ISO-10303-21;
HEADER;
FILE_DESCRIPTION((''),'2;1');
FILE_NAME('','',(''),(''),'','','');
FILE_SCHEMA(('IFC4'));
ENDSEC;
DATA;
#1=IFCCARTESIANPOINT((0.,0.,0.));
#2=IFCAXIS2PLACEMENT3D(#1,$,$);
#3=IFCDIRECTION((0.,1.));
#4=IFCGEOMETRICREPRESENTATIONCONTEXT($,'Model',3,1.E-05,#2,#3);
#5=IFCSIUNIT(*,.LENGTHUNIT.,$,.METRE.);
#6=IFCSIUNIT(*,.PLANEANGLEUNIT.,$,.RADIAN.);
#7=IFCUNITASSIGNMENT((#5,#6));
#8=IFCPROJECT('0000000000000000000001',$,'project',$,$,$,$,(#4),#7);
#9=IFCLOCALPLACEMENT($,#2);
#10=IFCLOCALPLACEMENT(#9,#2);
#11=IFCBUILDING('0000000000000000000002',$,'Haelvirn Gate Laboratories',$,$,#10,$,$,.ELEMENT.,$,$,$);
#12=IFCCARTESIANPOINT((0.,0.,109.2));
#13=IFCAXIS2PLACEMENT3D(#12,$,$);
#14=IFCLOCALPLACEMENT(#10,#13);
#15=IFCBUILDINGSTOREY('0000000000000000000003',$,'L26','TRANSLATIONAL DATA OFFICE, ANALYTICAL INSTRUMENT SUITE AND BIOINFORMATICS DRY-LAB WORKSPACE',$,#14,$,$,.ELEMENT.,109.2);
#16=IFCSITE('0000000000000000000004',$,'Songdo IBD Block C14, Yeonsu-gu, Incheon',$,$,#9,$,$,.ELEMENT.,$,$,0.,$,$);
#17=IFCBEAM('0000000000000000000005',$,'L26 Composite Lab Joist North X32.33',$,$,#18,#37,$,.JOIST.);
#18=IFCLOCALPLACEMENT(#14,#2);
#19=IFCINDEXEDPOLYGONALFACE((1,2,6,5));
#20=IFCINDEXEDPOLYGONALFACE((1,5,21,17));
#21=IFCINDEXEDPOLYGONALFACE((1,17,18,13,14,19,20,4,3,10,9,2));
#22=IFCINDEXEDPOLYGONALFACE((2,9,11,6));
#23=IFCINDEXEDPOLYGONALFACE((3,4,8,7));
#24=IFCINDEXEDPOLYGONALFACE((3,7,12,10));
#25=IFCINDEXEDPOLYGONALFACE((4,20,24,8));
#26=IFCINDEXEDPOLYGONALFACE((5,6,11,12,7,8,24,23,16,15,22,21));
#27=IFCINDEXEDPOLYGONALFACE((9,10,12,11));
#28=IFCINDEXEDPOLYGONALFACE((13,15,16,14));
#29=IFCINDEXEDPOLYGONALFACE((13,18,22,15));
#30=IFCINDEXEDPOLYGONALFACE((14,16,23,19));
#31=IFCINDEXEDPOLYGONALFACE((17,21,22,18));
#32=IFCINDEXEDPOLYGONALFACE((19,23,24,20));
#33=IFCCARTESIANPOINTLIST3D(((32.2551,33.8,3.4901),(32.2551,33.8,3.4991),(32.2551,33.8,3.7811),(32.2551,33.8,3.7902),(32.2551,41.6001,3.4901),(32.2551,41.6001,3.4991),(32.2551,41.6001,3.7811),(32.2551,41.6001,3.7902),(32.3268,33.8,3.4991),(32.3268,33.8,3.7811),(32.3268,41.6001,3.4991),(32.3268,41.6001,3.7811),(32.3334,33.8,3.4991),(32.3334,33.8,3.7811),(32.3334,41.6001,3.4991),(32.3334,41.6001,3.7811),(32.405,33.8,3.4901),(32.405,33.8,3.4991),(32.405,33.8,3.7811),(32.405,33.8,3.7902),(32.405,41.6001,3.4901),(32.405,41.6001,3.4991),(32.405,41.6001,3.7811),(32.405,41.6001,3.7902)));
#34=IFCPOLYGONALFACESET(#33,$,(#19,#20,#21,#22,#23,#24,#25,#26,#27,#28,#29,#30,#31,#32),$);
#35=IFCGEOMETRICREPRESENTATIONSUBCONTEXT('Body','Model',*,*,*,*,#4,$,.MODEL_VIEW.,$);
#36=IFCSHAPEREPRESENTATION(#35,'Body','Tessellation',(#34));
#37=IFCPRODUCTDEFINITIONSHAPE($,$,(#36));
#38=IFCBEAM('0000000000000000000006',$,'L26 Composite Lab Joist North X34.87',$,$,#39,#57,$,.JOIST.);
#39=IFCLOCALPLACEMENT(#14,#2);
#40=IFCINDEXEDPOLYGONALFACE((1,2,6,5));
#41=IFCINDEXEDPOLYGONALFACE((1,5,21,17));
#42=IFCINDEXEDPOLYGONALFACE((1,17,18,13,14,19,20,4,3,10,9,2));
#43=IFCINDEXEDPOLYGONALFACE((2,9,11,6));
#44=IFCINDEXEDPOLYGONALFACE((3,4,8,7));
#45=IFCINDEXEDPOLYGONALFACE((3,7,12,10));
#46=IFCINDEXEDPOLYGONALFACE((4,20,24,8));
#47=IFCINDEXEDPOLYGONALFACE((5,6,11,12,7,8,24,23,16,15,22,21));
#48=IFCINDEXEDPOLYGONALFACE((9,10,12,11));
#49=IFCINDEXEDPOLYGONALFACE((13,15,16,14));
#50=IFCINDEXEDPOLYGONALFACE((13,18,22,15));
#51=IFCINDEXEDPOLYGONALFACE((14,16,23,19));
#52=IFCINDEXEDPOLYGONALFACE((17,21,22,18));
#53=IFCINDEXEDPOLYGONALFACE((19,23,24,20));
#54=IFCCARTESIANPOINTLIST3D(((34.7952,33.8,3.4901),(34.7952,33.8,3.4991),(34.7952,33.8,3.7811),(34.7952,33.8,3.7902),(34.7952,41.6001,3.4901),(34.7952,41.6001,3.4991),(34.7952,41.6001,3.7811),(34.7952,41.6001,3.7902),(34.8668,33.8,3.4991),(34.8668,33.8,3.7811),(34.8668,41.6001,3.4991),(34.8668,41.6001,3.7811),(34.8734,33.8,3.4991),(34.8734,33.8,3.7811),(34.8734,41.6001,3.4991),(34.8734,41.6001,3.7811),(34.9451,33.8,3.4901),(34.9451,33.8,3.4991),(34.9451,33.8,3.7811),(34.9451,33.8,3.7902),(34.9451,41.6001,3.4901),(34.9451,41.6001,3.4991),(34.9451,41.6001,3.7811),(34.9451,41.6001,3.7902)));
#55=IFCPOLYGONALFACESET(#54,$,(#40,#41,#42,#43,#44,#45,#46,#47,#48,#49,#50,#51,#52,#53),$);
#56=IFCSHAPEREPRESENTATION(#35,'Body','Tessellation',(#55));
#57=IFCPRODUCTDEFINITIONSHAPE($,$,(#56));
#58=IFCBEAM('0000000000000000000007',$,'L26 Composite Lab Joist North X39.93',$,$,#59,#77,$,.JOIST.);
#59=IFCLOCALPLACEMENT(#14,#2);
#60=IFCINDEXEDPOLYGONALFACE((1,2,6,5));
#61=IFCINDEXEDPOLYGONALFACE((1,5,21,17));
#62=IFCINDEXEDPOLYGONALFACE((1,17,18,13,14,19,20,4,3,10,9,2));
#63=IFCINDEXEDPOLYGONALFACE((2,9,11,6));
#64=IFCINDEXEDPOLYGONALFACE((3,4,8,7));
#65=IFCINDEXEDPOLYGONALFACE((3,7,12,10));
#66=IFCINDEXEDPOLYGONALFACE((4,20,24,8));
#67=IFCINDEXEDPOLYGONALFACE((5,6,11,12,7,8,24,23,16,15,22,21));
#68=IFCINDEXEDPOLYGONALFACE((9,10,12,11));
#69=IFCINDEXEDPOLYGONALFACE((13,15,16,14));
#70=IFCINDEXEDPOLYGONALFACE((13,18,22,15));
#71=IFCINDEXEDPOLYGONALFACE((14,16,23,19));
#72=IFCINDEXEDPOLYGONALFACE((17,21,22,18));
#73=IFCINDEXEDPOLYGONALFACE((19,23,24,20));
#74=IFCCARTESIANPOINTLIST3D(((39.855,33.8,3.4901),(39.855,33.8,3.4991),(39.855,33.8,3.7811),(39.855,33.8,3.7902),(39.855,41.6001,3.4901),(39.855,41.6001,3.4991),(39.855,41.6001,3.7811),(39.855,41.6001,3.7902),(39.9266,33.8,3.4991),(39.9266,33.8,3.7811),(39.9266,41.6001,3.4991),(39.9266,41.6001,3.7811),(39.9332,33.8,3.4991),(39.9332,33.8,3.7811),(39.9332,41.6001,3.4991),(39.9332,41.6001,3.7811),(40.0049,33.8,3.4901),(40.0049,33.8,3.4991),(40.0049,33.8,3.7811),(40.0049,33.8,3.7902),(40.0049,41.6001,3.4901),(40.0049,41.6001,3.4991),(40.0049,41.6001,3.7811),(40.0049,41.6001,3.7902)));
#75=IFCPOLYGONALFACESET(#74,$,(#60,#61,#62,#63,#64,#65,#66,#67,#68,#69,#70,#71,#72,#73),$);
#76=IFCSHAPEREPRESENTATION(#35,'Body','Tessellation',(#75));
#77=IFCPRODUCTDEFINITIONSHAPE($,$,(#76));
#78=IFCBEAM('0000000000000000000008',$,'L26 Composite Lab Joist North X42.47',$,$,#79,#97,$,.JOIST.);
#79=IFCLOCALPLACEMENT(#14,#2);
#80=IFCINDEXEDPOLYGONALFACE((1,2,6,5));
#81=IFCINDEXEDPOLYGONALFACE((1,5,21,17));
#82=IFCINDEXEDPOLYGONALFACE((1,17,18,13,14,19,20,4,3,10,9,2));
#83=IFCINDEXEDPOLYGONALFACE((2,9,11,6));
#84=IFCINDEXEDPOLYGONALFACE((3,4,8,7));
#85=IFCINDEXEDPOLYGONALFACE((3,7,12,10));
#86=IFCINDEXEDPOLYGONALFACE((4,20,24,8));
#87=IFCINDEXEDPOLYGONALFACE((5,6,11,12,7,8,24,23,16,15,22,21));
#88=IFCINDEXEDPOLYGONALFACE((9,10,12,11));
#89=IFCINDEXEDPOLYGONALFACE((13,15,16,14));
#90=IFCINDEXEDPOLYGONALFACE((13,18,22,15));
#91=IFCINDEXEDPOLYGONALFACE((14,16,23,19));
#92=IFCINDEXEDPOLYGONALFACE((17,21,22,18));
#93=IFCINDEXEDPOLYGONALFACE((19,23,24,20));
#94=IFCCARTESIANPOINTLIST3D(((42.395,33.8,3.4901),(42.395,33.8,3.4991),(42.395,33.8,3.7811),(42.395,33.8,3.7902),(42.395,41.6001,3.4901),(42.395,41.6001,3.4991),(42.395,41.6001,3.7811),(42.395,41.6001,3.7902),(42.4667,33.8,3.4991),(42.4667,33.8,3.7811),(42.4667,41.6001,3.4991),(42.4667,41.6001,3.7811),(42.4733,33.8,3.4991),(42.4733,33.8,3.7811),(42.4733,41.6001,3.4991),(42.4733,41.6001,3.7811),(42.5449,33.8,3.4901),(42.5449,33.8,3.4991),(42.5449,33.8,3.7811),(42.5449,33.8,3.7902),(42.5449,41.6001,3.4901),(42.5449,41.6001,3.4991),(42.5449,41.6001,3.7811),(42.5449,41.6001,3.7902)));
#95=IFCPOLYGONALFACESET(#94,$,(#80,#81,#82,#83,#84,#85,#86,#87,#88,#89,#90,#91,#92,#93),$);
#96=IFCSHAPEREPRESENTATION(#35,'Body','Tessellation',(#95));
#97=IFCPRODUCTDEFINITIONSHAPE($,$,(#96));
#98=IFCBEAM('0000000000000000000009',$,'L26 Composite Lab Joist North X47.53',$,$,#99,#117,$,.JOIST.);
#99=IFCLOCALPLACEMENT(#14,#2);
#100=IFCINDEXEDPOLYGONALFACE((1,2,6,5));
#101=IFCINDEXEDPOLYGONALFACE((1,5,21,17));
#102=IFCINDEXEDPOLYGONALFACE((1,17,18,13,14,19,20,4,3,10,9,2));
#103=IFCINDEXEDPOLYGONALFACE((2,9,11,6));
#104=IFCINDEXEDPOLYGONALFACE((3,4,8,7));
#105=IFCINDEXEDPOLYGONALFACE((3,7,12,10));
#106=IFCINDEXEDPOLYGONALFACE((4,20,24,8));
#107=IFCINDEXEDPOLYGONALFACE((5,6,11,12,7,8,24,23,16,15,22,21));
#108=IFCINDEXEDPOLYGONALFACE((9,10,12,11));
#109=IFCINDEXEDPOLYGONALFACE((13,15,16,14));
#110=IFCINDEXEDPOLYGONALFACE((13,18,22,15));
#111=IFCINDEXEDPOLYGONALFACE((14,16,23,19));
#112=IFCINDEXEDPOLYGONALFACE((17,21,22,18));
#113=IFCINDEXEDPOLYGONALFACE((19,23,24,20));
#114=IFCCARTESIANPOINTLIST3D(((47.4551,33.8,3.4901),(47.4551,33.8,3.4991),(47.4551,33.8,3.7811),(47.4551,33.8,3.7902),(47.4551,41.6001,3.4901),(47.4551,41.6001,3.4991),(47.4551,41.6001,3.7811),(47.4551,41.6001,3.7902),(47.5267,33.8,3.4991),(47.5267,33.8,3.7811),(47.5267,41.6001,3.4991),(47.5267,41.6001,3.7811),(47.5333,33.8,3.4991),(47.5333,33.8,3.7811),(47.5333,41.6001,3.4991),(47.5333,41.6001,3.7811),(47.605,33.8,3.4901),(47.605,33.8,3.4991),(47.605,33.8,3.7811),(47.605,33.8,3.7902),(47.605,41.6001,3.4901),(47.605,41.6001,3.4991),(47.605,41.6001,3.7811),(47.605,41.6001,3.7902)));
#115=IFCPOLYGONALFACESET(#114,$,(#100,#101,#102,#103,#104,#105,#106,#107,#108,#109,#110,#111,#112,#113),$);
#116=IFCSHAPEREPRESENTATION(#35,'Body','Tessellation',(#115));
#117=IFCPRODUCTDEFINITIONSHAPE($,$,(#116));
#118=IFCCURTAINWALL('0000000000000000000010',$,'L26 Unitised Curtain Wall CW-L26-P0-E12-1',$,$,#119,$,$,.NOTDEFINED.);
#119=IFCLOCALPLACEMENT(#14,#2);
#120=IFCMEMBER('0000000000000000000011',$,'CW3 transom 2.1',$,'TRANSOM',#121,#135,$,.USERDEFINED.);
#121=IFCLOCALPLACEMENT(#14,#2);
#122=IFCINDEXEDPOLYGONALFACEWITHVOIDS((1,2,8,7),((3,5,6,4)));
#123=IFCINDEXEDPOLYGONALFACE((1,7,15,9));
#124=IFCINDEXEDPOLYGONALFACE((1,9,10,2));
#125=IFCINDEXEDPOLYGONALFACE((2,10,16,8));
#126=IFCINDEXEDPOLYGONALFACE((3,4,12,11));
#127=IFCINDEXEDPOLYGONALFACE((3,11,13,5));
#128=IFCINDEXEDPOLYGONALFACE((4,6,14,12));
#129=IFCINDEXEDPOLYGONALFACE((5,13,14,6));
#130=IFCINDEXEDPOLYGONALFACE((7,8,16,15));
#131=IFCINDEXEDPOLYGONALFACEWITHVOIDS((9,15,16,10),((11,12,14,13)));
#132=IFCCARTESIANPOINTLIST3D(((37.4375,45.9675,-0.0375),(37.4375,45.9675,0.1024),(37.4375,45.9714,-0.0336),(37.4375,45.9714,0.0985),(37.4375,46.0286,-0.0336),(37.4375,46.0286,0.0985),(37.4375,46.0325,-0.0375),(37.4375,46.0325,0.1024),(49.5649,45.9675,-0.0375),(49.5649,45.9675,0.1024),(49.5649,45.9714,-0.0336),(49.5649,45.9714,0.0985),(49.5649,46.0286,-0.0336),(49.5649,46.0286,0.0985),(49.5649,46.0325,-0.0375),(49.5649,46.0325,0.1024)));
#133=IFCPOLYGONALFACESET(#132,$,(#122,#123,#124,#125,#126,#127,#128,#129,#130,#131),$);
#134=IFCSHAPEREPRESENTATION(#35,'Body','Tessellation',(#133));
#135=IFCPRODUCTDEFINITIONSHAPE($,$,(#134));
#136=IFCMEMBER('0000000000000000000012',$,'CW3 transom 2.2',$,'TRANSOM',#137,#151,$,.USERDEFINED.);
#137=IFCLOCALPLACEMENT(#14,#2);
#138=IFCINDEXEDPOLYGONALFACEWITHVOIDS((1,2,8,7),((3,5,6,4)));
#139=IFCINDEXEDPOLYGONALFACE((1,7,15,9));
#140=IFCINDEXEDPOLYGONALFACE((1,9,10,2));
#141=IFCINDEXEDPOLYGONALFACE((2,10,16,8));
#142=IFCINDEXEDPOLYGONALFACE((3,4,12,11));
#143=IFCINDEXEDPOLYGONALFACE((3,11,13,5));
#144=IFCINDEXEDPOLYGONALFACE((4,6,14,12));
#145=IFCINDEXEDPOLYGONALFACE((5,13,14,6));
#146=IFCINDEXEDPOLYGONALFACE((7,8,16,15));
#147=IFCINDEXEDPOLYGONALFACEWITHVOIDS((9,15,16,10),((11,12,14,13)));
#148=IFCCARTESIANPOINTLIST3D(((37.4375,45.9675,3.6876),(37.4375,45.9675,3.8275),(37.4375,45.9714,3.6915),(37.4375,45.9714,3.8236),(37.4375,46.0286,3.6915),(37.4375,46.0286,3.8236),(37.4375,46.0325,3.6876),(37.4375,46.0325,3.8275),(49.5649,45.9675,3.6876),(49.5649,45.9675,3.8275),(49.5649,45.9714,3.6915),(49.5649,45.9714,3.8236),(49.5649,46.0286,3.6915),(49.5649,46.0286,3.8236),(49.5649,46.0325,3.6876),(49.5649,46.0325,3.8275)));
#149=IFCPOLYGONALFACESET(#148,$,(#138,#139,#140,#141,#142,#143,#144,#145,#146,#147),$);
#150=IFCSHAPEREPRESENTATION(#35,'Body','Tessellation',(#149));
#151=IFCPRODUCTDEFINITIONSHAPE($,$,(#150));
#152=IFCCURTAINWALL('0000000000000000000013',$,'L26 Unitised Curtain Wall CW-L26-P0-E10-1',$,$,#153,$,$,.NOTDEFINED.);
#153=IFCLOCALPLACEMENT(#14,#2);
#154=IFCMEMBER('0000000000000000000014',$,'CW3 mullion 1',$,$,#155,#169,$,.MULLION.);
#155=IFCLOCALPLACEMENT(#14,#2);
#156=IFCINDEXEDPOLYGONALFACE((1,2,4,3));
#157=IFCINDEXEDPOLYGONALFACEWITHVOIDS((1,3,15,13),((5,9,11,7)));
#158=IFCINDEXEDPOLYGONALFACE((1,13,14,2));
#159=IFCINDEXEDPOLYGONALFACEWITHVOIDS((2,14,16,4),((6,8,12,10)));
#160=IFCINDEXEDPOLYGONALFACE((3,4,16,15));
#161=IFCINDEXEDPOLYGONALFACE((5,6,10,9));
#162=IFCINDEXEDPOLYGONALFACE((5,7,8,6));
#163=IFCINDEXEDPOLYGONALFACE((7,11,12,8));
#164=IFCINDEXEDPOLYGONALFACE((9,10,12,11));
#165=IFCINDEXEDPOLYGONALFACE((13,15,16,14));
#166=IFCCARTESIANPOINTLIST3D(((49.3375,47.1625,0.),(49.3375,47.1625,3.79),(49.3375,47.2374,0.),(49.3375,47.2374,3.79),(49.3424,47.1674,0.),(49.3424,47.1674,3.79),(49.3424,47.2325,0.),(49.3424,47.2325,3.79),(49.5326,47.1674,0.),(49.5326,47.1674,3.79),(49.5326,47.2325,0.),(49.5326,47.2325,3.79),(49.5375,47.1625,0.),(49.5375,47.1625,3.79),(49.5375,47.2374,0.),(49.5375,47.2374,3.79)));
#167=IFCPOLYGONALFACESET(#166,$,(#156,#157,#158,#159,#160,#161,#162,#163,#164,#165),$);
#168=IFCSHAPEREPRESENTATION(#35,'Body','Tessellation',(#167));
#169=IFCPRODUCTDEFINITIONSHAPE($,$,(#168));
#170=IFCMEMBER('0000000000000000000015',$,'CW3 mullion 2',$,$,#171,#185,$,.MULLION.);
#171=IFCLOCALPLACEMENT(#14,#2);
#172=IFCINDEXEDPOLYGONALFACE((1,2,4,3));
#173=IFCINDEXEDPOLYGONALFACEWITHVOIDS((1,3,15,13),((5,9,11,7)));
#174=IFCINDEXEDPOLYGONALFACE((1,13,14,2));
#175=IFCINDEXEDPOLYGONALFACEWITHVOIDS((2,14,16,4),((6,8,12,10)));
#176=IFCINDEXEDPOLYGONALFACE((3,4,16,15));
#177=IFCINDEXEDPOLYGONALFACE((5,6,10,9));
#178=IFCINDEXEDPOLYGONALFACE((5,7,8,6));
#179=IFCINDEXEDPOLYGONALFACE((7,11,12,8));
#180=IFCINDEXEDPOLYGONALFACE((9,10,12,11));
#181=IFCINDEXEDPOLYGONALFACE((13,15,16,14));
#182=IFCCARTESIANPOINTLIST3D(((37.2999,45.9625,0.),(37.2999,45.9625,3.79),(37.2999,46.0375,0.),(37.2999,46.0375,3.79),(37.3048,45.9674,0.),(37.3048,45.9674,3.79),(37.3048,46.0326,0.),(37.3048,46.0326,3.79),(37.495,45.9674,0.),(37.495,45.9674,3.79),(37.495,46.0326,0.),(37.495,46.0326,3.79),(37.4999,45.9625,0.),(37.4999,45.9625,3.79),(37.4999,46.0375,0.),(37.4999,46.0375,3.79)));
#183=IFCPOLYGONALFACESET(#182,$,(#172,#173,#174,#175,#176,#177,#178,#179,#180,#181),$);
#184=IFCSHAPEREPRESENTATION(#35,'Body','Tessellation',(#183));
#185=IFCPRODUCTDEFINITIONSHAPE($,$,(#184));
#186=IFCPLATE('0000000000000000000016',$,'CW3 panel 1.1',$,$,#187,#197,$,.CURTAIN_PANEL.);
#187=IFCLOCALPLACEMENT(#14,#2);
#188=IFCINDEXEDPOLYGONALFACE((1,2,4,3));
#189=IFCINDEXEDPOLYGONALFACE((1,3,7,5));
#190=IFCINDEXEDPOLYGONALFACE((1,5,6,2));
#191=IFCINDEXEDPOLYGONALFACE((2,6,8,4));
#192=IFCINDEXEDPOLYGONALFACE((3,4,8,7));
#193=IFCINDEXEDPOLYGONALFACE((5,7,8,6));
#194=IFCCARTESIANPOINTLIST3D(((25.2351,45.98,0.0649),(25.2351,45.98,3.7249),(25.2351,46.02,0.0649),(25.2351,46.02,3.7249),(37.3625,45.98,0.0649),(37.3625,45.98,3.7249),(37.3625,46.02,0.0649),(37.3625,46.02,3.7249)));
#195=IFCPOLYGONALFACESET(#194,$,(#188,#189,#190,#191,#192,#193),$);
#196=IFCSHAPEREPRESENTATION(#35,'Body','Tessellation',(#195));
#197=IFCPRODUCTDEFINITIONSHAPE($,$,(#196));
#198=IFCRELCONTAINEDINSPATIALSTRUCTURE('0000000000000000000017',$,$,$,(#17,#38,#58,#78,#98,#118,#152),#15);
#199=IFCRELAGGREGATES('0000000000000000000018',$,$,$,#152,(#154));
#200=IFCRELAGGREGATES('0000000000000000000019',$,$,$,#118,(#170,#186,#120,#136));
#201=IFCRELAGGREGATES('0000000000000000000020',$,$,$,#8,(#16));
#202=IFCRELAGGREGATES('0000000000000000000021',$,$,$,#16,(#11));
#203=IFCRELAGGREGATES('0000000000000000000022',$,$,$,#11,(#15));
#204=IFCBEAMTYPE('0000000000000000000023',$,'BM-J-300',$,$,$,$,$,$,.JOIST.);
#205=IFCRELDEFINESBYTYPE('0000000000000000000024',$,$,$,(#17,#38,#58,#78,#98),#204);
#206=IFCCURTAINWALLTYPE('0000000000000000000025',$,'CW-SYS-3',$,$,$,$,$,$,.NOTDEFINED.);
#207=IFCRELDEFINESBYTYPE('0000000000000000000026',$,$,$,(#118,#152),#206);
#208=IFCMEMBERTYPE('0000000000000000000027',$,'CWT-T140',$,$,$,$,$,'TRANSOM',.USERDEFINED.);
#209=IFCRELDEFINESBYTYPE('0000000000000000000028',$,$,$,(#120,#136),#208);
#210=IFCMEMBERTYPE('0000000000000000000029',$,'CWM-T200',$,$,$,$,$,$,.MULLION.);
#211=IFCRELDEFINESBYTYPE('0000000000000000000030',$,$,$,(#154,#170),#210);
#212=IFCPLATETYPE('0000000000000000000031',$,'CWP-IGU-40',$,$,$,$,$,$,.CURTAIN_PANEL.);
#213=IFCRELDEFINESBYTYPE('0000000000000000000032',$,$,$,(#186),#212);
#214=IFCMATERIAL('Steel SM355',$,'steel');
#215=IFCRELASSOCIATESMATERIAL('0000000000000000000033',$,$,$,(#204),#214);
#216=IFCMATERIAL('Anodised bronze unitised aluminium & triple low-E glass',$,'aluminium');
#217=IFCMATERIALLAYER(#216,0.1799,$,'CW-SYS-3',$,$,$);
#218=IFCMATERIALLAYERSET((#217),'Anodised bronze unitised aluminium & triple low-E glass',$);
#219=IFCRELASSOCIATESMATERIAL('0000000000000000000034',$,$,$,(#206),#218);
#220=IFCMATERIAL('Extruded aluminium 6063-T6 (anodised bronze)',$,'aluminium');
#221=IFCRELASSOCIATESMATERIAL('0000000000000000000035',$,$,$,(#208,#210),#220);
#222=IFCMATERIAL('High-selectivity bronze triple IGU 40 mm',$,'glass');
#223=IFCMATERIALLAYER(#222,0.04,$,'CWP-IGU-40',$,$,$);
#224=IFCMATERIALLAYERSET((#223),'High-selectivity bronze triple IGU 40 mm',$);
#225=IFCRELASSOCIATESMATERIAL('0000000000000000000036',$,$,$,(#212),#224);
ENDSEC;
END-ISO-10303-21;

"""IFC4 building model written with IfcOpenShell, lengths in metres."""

from ifc_helpers import new_model, si_unit, direction, frame, origin, origin_2d, place, context, subcontext, project, spatial, rectangle, hollow_rectangle, i_section, extrude, source, transform, mapped, material, layer, layer_set, material_profile, profile_set, type_object, type_shapes, element, aggregate, save


model = new_model("IFC4")

# Units and contexts
model_context = context("Model", 3, precision=1e-05, world=origin(), true_north=direction((0.0, 1.0)))
body_context = subcontext(model_context, "Body", "Model", "MODEL_VIEW")
ifc_project = project(units=[si_unit("LENGTHUNIT", "METRE"), si_unit("PLANEANGLEUNIT", "RADIAN")], contexts=[model_context])

# Site, building, storey
site_placement = place(None, origin())
site = spatial("IfcSite", under=ifc_project, at=site_placement, Name="Songdo IBD Block C14, Yeonsu-gu, Incheon", CompositionType="ELEMENT", RefElevation=0.0)
building_placement = place(site_placement, origin())
building = spatial("IfcBuilding", under=site, at=building_placement, Name="Haelvirn Gate Laboratories", CompositionType="ELEMENT")
storey_placement = place(building_placement, frame((0.0, 0.0, 109.2)))
storey = spatial("IfcBuildingStorey", under=building, at=storey_placement, Name="L26", Description="TRANSLATIONAL DATA OFFICE, ANALYTICAL INSTRUMENT SUITE AND BIOINFORMATICS DRY-LAB WORKSPACE", CompositionType="ELEMENT", Elevation=109.2)

# Shared definitions
ifc_material_1 = material(Name="Steel SM355", Category="steel")

# Beams
ifc_material_profile_1 = material_profile(ifc_material_1, i_section(OverallWidth=0.1499, OverallDepth=0.3, WebThickness=0.0066, FlangeThickness=0.009, at=origin_2d()), Name="H-300x150x6.5x9")
ifc_profile_set_1 = profile_set([ifc_material_profile_1], Name="Steel SM355")
beam_type_1 = type_object("IfcBeamType", Name="BM-J-300", PredefinedType="JOIST", material=ifc_profile_set_1)
shared_shape_1 = source(origin(), body_context, "Body", "SweptSolid", [
    extrude(i_section(OverallWidth=0.1499, OverallDepth=0.3, WebThickness=0.0066, FlangeThickness=0.009, at=origin_2d()), origin(), (0.0, 0.0, 1.0), 7.8),
])
type_shapes(beam_type_1, [shared_shape_1])
for number, where, z_axis, x_axis, name in (
    (1, (32.3301, 33.8, 3.6401), (0.0, 1.0, 0.0), (-1.0, 0.0, 0.0), "L26 Composite Lab Joist North X32.33"),
    (2, (34.8701, 33.8, 3.6401), (0.0, 1.0, 0.0), (-1.0, 0.0, 0.0), "L26 Composite Lab Joist North X34.87"),
    (3, (39.9299, 33.8, 3.6401), (0.0, 1.0, 0.0), (-1.0, 0.0, 0.0), "L26 Composite Lab Joist North X39.93"),
    (4, (42.47, 33.8, 3.6401), (0.0, 1.0, 0.0), (-1.0, 0.0, 0.0), "L26 Composite Lab Joist North X42.47"),
    (5, (47.53, 33.8, 3.6401), (0.0, 1.0, 0.0), (-1.0, 0.0, 0.0), "L26 Composite Lab Joist North X47.53"),
):
    element("IfcBeam", number, at=place(storey_placement, frame(where, z_axis=z_axis, x_axis=x_axis)), inside=storey, type_object=beam_type_1, Name=name, PredefinedType="JOIST", context=body_context, shape_type="MappedRepresentation", body=[
        mapped(shared_shape_1, transform((0.0, 0.0, 0.0), scale=1.0)),
    ])

# Curtain wall, members
ifc_material_2 = material(Name="Anodised bronze unitised aluminium & triple low-E glass", Category="aluminium")
ifc_layer_1 = layer(ifc_material_2, 0.1799, Name="CW-SYS-3")
ifc_layer_set_1 = layer_set([ifc_layer_1], Name="Anodised bronze unitised aluminium & triple low-E glass")
curtain_wall_type = type_object("IfcCurtainWallType", Name="CW-SYS-3", PredefinedType="NOTDEFINED", material=ifc_layer_set_1)
curtain_wall_1_placement = place(storey_placement, origin())
curtain_wall_1 = element("IfcCurtainWall", 6, at=curtain_wall_1_placement, inside=storey, type_object=curtain_wall_type, Name="L26 Unitised Curtain Wall CW-L26-P0-E12-1", PredefinedType="NOTDEFINED")
ifc_material_3 = material(Name="Extruded aluminium 6063-T6 (anodised bronze)", Category="aluminium")
ifc_material_profile_2 = material_profile(ifc_material_3, hollow_rectangle(XDim=0.0649, YDim=0.1399, WallThickness=0.0039, at=origin_2d()), Name="CWT-140x65x4")
ifc_profile_set_2 = profile_set([ifc_material_profile_2], Name="Extruded aluminium 6063-T6 (anodised bronze)")
member_type_1 = type_object("IfcMemberType", Name="CWT-T140", ElementType="TRANSOM", PredefinedType="USERDEFINED", material=ifc_profile_set_2)
shared_shape_2 = source(origin(), body_context, "Body", "SweptSolid", [
    extrude(hollow_rectangle(XDim=0.0649, YDim=0.1399, WallThickness=0.0039, at=origin_2d()), origin(), (0.0, 0.0, 1.0), 12.1274),
])
type_shapes(member_type_1, [shared_shape_2])
member_1_placement = place(storey_placement, frame((37.4375, 46.0, 0.0325), z_axis=(1.0, 0.0, 0.0), x_axis=(0.0, 1.0, 0.0)))
member_1 = element("IfcMember", 7, at=member_1_placement, type_object=member_type_1, Name="CW3 transom 2.1", ObjectType="TRANSOM", PredefinedType="USERDEFINED", context=body_context, shape_type="MappedRepresentation", body=[
    mapped(shared_shape_2, transform((0.0, 0.0, 0.0), scale=1.0)),
])
member_2_placement = place(storey_placement, frame((37.4375, 46.0, 3.7576), z_axis=(1.0, 0.0, 0.0), x_axis=(0.0, 1.0, 0.0)))
member_2 = element("IfcMember", 8, at=member_2_placement, type_object=member_type_1, Name="CW3 transom 2.2", ObjectType="TRANSOM", PredefinedType="USERDEFINED", context=body_context, shape_type="MappedRepresentation", body=[
    mapped(shared_shape_2, transform((0.0, 0.0, 0.0), scale=1.0)),
])

# Curtain wall, member
curtain_wall_2_placement = place(storey_placement, origin())
curtain_wall_2 = element("IfcCurtainWall", 9, at=curtain_wall_2_placement, inside=storey, type_object=curtain_wall_type, Name="L26 Unitised Curtain Wall CW-L26-P0-E10-1", PredefinedType="NOTDEFINED")
ifc_material_profile_3 = material_profile(ifc_material_3, hollow_rectangle(XDim=0.075, YDim=0.2, WallThickness=0.0049, at=origin_2d()), Name="CWM-200x75x5")
ifc_profile_set_3 = profile_set([ifc_material_profile_3], Name="Extruded aluminium 6063-T6 (anodised bronze)")
member_type_2 = type_object("IfcMemberType", Name="CWM-T200", PredefinedType="MULLION", material=ifc_profile_set_3)
shared_shape_3 = source(origin(), body_context, "Body", "SweptSolid", [
    extrude(hollow_rectangle(XDim=0.075, YDim=0.2, WallThickness=0.0049, at=origin_2d()), origin(), (0.0, 0.0, 1.0), 3.79),
])
type_shapes(member_type_2, [shared_shape_3])
member_3_placement = place(storey_placement, frame((49.4375, 47.2, 0.0), z_axis=(0.0, 0.0, 1.0), x_axis=(0.0, 1.0, 0.0)))
member_3 = element("IfcMember", 10, at=member_3_placement, type_object=member_type_2, Name="CW3 mullion 1", PredefinedType="MULLION", context=body_context, shape_type="MappedRepresentation", body=[
    mapped(shared_shape_3, transform((0.0, 0.0, 0.0), scale=1.0)),
])
aggregate(curtain_wall_2, [member_3])

# Member
member_4_placement = place(storey_placement, frame((37.3999, 46.0, 0.0), z_axis=(0.0, 0.0, 1.0), x_axis=(0.0, 1.0, 0.0)))
member_4 = element("IfcMember", 11, at=member_4_placement, type_object=member_type_2, Name="CW3 mullion 2", PredefinedType="MULLION", context=body_context, shape_type="MappedRepresentation", body=[
    mapped(shared_shape_3, transform((0.0, 0.0, 0.0), scale=1.0)),
])

# Plate
ifc_material_4 = material(Name="High-selectivity bronze triple IGU 40 mm", Category="glass")
ifc_layer_2 = layer(ifc_material_4, 0.04, Name="CWP-IGU-40")
ifc_layer_set_2 = layer_set([ifc_layer_2], Name="High-selectivity bronze triple IGU 40 mm")
plate_type = type_object("IfcPlateType", Name="CWP-IGU-40", PredefinedType="CURTAIN_PANEL", material=ifc_layer_set_2)
shared_shape_4 = source(origin(), body_context, "Body", "SweptSolid", [
    extrude(rectangle(XDim=12.1274, YDim=0.04, at=origin_2d()), origin(), (0.0, 0.0, 1.0), 3.6599),
])
type_shapes(plate_type, [shared_shape_4])
plate_1_placement = place(storey_placement, frame((31.2988, 46.0, 0.0649), z_axis=(0.0, 0.0, 1.0), x_axis=(1.0, 0.0, 0.0)))
plate_1 = element("IfcPlate", 12, at=plate_1_placement, type_object=plate_type, Name="CW3 panel 1.1", PredefinedType="CURTAIN_PANEL", context=body_context, shape_type="MappedRepresentation", body=[
    mapped(shared_shape_4, transform((0.0, 0.0, 0.0), scale=1.0)),
])
aggregate(curtain_wall_1, [member_4, plate_1, member_1, member_2])

save(model, "model.ifc")
